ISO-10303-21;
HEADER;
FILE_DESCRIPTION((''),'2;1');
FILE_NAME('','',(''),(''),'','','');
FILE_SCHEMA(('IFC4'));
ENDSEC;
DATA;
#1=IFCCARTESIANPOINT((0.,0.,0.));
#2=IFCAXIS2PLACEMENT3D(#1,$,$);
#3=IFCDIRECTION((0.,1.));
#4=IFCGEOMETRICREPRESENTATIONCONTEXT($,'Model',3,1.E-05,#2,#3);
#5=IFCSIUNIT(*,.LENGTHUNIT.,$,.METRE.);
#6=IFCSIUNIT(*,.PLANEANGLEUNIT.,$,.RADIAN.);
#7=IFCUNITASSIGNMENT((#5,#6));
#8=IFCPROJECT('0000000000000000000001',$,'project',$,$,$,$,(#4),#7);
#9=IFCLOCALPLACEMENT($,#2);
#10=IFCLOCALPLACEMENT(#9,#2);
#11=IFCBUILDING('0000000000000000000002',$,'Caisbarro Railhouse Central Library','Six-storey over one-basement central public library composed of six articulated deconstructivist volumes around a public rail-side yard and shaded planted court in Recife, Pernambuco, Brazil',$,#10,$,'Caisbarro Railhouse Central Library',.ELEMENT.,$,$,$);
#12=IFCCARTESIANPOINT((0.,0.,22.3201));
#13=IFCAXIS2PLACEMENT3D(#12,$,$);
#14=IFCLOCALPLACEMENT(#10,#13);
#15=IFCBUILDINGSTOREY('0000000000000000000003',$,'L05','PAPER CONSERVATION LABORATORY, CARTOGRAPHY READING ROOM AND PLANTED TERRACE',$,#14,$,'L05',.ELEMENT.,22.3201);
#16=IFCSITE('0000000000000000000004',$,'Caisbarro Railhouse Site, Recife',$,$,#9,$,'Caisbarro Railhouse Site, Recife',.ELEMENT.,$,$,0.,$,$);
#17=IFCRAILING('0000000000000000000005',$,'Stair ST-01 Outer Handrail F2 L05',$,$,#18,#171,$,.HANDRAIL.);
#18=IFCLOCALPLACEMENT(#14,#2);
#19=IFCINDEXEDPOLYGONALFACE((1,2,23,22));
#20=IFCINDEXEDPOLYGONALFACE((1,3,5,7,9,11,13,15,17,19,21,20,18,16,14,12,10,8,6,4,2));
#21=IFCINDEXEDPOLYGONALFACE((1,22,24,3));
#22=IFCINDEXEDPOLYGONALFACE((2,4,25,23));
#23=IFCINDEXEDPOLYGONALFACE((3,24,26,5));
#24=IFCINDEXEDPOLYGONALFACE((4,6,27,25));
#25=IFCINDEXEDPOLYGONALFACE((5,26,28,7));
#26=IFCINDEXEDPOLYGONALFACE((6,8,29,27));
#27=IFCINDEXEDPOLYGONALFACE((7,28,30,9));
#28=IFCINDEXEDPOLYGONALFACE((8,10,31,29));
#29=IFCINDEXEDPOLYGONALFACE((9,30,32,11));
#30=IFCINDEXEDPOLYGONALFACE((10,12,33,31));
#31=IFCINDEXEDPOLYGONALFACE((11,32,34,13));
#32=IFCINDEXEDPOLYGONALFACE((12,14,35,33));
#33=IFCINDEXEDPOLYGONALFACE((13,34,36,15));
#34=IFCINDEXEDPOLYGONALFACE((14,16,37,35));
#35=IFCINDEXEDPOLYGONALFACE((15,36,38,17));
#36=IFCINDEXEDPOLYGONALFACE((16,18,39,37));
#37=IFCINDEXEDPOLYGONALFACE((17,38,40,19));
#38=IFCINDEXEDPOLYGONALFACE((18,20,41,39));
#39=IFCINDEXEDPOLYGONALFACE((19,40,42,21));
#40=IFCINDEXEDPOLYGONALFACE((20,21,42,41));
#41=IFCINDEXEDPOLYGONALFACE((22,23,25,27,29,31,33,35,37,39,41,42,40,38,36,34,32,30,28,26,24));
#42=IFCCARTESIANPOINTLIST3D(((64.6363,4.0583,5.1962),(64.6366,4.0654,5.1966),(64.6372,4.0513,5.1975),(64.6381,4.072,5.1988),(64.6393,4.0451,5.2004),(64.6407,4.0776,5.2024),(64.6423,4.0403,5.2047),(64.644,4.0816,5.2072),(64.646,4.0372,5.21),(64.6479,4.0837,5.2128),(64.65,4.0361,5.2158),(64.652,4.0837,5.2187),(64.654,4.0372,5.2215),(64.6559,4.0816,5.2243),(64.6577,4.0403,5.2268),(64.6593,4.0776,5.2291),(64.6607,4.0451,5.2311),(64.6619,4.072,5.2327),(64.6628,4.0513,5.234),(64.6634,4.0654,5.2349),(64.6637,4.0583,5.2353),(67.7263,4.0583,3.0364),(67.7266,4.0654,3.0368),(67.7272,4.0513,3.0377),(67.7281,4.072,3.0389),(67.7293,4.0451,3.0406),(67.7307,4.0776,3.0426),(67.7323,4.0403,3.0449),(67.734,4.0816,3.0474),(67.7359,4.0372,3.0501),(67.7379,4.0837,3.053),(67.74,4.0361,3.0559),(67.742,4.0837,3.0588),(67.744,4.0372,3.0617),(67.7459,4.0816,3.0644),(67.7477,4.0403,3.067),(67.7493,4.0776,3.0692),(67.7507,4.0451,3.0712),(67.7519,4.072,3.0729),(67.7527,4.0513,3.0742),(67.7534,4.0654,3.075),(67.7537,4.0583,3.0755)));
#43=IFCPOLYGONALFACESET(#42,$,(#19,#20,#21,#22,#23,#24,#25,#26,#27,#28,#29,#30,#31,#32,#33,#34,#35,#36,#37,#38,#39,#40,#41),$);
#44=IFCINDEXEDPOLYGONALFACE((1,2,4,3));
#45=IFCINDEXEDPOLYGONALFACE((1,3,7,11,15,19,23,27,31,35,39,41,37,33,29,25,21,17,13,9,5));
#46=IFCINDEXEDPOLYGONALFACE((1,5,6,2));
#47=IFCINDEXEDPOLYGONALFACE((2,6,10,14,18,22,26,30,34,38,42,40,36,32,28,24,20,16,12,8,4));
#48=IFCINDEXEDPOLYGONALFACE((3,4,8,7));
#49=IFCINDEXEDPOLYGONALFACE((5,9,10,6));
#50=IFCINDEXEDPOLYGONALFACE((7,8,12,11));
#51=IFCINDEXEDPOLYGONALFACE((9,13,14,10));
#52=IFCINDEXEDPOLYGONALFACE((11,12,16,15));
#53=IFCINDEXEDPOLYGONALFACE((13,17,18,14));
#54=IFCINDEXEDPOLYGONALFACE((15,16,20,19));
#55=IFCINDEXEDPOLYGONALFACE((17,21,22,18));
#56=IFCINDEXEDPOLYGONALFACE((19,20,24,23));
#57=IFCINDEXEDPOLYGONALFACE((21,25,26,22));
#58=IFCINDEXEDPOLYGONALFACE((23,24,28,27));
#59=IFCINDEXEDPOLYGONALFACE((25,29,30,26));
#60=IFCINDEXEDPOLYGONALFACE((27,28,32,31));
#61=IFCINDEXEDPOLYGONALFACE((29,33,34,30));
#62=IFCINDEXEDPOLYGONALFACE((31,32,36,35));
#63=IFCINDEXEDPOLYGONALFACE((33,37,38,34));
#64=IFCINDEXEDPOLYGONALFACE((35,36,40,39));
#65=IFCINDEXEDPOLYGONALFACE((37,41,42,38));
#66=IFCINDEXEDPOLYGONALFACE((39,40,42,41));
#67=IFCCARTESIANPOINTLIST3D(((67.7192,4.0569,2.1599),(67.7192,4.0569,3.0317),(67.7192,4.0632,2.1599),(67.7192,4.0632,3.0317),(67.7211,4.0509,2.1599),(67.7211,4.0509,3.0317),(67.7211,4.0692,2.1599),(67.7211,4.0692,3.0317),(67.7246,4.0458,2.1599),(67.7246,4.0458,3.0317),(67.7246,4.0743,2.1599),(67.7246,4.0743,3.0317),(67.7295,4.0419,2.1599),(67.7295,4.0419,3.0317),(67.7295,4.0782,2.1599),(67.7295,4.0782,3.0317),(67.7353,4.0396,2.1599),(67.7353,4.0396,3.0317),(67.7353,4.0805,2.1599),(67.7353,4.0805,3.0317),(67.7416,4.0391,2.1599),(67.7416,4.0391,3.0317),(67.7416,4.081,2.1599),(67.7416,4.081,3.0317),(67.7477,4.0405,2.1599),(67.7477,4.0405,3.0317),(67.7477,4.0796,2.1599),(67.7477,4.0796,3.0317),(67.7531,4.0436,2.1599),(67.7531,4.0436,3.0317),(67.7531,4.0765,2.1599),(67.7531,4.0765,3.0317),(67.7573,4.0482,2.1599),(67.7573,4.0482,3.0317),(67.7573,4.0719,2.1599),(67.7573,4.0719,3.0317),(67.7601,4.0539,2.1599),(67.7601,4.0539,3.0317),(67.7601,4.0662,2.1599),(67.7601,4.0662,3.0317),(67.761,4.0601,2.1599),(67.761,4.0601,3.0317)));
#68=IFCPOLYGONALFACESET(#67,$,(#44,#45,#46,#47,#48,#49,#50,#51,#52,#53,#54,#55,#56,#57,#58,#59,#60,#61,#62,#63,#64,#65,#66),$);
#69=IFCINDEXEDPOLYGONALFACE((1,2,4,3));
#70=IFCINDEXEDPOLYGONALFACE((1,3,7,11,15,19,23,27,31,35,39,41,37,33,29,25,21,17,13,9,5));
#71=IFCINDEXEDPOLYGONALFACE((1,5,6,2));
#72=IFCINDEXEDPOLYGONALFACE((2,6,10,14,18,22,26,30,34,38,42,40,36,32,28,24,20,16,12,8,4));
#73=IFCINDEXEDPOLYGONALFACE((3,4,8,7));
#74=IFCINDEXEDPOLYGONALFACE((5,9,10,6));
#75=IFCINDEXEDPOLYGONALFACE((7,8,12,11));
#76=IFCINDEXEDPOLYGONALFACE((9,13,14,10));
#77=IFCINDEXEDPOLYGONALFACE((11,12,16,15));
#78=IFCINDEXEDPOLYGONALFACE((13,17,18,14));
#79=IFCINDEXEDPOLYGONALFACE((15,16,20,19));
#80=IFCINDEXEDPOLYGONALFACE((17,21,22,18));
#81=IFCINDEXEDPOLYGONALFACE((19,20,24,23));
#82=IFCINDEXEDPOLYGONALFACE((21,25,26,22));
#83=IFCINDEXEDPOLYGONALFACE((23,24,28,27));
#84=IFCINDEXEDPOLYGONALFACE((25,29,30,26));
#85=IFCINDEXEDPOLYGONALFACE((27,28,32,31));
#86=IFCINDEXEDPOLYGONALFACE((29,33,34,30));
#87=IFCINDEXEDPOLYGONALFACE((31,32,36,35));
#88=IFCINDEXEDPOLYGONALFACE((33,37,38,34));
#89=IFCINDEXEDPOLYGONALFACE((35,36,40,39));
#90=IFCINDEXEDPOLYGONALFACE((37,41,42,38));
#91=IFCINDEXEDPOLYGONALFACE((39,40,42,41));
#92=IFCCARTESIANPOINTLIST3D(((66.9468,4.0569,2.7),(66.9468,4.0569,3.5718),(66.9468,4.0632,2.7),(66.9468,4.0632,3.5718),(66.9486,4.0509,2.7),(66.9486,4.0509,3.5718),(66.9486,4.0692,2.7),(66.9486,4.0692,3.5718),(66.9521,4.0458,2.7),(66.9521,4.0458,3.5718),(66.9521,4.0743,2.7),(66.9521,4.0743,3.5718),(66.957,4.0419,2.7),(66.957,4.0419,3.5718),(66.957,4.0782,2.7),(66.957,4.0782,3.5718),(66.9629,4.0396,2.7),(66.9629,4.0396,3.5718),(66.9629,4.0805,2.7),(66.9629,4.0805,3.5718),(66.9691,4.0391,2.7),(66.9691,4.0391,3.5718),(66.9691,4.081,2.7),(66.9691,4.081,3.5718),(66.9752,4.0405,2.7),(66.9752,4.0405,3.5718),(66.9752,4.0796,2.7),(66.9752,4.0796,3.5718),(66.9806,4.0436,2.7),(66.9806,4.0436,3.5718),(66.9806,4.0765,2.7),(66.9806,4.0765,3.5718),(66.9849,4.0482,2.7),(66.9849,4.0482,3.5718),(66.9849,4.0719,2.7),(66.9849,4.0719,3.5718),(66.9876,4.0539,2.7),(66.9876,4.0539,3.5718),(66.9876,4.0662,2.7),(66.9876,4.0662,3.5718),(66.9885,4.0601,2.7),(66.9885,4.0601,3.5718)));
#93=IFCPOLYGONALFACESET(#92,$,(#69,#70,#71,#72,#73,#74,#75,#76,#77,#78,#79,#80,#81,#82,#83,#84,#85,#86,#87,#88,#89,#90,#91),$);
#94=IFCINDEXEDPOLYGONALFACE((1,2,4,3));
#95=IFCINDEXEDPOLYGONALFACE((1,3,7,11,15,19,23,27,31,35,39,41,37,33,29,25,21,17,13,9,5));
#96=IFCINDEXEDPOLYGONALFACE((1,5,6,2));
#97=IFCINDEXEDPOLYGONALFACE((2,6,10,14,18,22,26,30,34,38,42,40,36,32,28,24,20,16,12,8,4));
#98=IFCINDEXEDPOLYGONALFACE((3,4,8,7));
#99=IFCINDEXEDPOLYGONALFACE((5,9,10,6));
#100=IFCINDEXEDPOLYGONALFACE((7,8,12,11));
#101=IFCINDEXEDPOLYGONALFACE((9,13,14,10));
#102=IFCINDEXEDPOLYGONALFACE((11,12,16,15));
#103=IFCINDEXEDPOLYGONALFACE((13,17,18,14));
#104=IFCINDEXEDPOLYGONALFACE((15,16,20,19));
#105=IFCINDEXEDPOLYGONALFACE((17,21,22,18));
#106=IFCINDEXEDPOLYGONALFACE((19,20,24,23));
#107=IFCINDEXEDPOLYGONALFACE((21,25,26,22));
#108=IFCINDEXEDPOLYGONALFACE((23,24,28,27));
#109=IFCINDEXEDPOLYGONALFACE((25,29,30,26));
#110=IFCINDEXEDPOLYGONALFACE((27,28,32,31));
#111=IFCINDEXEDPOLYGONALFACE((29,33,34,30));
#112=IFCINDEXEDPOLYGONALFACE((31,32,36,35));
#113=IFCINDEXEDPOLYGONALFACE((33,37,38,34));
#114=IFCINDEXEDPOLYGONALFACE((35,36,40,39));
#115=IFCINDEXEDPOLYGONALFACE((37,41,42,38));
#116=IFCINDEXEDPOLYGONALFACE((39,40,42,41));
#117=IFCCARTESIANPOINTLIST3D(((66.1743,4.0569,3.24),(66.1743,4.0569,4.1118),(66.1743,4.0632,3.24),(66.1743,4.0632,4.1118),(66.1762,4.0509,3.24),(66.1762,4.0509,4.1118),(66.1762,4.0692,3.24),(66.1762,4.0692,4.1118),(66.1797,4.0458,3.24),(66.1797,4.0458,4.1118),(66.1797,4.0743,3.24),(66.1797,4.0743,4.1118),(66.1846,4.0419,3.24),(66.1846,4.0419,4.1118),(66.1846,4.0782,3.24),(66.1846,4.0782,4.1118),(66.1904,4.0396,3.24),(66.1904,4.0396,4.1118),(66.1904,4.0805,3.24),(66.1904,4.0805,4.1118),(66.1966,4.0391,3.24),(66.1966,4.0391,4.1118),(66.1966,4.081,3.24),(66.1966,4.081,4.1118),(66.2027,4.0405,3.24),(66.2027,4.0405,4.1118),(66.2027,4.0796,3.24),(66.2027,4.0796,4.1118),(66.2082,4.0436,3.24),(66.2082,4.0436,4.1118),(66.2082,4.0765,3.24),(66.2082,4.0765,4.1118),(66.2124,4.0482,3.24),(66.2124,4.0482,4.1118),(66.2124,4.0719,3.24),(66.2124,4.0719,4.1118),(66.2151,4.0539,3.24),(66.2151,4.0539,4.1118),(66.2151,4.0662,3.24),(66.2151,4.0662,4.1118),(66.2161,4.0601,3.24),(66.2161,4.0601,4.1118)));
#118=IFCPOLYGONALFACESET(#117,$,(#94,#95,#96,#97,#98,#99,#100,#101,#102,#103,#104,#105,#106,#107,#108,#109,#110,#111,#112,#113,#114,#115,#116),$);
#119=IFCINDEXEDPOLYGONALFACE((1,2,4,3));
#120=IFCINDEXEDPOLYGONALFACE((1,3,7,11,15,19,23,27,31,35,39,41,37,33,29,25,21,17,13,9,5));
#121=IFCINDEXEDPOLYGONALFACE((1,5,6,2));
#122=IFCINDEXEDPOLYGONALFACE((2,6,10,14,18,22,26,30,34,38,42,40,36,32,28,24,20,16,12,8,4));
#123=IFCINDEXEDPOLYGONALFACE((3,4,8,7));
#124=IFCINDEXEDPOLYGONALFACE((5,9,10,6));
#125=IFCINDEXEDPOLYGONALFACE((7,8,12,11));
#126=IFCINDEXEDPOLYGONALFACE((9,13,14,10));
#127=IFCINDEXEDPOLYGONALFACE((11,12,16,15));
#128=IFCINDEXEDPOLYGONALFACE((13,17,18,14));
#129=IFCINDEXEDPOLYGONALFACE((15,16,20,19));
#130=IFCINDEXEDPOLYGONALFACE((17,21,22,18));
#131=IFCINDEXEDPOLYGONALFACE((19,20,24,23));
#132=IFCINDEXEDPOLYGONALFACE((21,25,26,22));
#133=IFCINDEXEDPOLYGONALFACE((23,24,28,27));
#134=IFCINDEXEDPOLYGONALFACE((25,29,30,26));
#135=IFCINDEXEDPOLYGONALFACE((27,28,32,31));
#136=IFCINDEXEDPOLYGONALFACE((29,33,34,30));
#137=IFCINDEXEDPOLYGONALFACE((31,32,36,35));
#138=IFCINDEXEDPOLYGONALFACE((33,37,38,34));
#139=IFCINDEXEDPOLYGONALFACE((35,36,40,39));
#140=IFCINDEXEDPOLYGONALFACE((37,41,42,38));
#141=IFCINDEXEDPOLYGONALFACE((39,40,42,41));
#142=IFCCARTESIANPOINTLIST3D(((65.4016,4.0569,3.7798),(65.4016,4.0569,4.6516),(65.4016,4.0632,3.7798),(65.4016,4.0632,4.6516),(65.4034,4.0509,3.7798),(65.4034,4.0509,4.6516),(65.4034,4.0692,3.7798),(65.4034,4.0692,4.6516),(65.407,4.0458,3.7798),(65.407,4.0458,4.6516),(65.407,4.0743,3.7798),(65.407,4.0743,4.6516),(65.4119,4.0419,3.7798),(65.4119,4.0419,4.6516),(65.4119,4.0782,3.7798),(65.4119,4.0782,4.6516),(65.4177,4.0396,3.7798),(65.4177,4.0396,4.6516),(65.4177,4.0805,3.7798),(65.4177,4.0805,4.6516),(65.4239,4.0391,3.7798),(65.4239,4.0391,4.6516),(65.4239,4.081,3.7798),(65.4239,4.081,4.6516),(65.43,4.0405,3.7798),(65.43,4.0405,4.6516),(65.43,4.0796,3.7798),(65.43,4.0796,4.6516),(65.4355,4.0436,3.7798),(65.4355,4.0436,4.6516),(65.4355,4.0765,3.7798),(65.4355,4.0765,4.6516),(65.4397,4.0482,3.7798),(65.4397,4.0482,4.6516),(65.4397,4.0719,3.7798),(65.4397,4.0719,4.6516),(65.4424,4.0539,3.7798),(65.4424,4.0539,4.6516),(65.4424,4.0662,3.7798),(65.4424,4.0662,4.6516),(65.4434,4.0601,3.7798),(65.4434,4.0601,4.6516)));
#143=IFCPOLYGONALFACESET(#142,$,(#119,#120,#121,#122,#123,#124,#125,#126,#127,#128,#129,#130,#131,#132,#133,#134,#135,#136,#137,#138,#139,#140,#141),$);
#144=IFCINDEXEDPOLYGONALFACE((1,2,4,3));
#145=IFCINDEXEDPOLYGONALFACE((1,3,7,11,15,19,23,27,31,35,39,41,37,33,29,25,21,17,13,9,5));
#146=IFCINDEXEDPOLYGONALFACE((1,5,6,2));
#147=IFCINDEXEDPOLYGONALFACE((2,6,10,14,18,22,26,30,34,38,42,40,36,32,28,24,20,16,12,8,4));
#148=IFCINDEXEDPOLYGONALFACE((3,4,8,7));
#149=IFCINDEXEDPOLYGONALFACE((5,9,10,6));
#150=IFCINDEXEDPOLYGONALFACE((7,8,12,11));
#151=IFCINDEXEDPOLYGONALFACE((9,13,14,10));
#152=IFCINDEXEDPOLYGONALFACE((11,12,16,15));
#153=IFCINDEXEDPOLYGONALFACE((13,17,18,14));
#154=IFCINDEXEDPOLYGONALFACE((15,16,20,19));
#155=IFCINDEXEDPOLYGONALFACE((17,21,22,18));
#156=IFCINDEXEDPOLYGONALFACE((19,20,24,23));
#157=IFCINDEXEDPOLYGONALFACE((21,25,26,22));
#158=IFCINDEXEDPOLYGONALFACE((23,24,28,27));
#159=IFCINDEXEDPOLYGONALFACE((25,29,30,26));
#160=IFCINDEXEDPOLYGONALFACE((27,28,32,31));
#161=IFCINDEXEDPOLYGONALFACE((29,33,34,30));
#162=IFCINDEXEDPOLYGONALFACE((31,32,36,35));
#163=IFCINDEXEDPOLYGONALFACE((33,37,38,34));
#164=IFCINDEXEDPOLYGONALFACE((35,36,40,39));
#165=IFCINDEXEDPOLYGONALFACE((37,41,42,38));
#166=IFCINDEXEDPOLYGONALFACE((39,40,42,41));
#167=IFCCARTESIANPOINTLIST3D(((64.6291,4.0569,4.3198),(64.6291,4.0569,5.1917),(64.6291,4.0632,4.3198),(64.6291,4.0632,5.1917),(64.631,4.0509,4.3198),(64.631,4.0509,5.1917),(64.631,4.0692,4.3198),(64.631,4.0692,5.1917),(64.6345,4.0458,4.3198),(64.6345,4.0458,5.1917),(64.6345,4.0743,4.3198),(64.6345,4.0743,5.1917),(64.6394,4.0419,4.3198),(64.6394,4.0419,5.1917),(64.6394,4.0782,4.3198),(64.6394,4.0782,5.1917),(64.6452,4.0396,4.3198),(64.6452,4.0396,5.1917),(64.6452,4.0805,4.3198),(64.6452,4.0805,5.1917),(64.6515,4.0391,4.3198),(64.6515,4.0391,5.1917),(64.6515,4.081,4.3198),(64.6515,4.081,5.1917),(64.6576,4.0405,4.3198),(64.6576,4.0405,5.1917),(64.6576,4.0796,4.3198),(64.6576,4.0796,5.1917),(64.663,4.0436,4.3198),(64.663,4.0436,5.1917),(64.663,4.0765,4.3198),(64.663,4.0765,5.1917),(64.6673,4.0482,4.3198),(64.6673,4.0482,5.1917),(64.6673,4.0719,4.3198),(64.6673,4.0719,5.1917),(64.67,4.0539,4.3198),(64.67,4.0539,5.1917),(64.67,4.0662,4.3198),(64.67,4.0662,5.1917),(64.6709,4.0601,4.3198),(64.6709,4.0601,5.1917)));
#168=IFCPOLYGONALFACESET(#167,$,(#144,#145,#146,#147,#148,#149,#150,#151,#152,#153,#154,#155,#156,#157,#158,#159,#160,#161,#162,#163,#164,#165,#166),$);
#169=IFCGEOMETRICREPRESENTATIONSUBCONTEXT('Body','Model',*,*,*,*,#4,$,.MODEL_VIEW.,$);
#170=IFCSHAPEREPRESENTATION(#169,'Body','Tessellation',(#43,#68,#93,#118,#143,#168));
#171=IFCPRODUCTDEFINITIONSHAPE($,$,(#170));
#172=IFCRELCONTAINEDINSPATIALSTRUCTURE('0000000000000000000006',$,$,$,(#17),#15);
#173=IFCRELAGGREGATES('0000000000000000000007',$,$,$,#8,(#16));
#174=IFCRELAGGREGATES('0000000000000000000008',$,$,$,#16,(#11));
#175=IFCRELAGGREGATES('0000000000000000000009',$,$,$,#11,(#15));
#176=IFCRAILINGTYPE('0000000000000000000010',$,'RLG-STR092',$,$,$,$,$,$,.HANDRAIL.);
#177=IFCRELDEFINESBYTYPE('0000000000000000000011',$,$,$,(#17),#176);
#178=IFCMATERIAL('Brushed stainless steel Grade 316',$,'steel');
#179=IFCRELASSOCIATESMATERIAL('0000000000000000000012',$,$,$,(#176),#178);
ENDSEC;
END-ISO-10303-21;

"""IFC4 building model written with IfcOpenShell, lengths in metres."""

from ifc_helpers import new_model, si_unit, direction, frame, origin, origin_2d, place, context, subcontext, project, spatial, circle, extrude, material, type_object, element, save


model = new_model("IFC4")

# Units and contexts
model_context = context("Model", 3, precision=1e-05, world=origin(), true_north=direction((0.0, 1.0)))
body_context = subcontext(model_context, "Body", "Model", "MODEL_VIEW")
ifc_project = project(units=[si_unit("LENGTHUNIT", "METRE"), si_unit("PLANEANGLEUNIT", "RADIAN")], contexts=[model_context])

# Site, building, storey
site_placement = place(None, origin())
site = spatial("IfcSite", under=ifc_project, at=site_placement, Name="Caisbarro Railhouse Site, Recife", LongName="Caisbarro Railhouse Site, Recife", CompositionType="ELEMENT", RefElevation=0.0)
building_placement = place(site_placement, origin())
building = spatial("IfcBuilding", under=site, at=building_placement, Name="Caisbarro Railhouse Central Library", Description="Six-storey over one-basement central public library composed of six articulated deconstructivist volumes around a public rail-side yard and shaded planted court in Recife, Pernambuco, Brazil", LongName="Caisbarro Railhouse Central Library", CompositionType="ELEMENT")
storey_placement = place(building_placement, frame((0.0, 0.0, 22.3201)))
storey = spatial("IfcBuildingStorey", under=building, at=storey_placement, Name="L05", Description="PAPER CONSERVATION LABORATORY, CARTOGRAPHY READING ROOM AND PLANTED TERRACE", LongName="L05", CompositionType="ELEMENT", Elevation=22.3201)

# Railing
ifc_material_1 = material(Name="Brushed stainless steel Grade 316", Category="steel")
railing_type_1 = type_object("IfcRailingType", Name="RLG-STR092", PredefinedType="HANDRAIL", material=ifc_material_1)
railing_1_placement = place(storey_placement, frame((67.74, 4.0601, 2.1599)))
element("IfcRailing", 1, at=railing_1_placement, inside=storey, type_object=railing_type_1, Name="Stair ST-01 Outer Handrail F2 L05", PredefinedType="HANDRAIL", context=body_context, shape_type="SweptSolid", body=[
    extrude(circle(Radius=0.0239, at=origin_2d()), frame((0.0, 0.0, 0.896), z_axis=(-0.819624, 0.0, 0.572902), x_axis=(0.0, -1.0, 0.0)), (0.0, 0.0, 1.0), 3.77),
    extrude(circle(Radius=0.021, at=origin_2d()), origin(), (0.0, 0.0, 1.0), 0.8718),
    extrude(circle(Radius=0.021, at=origin_2d()), frame((-0.7725, 0.0, 0.54)), (0.0, 0.0, 1.0), 0.8718),
    extrude(circle(Radius=0.021, at=origin_2d()), frame((-1.5449, 0.0, 1.0801)), (0.0, 0.0, 1.0), 0.8718),
    extrude(circle(Radius=0.021, at=origin_2d()), frame((-2.3176, 0.0, 1.6199)), (0.0, 0.0, 1.0), 0.8718),
    extrude(circle(Radius=0.021, at=origin_2d()), frame((-3.0901, 0.0, 2.1599)), (0.0, 0.0, 1.0), 0.8718),
])

save(model, "model.ifc")
